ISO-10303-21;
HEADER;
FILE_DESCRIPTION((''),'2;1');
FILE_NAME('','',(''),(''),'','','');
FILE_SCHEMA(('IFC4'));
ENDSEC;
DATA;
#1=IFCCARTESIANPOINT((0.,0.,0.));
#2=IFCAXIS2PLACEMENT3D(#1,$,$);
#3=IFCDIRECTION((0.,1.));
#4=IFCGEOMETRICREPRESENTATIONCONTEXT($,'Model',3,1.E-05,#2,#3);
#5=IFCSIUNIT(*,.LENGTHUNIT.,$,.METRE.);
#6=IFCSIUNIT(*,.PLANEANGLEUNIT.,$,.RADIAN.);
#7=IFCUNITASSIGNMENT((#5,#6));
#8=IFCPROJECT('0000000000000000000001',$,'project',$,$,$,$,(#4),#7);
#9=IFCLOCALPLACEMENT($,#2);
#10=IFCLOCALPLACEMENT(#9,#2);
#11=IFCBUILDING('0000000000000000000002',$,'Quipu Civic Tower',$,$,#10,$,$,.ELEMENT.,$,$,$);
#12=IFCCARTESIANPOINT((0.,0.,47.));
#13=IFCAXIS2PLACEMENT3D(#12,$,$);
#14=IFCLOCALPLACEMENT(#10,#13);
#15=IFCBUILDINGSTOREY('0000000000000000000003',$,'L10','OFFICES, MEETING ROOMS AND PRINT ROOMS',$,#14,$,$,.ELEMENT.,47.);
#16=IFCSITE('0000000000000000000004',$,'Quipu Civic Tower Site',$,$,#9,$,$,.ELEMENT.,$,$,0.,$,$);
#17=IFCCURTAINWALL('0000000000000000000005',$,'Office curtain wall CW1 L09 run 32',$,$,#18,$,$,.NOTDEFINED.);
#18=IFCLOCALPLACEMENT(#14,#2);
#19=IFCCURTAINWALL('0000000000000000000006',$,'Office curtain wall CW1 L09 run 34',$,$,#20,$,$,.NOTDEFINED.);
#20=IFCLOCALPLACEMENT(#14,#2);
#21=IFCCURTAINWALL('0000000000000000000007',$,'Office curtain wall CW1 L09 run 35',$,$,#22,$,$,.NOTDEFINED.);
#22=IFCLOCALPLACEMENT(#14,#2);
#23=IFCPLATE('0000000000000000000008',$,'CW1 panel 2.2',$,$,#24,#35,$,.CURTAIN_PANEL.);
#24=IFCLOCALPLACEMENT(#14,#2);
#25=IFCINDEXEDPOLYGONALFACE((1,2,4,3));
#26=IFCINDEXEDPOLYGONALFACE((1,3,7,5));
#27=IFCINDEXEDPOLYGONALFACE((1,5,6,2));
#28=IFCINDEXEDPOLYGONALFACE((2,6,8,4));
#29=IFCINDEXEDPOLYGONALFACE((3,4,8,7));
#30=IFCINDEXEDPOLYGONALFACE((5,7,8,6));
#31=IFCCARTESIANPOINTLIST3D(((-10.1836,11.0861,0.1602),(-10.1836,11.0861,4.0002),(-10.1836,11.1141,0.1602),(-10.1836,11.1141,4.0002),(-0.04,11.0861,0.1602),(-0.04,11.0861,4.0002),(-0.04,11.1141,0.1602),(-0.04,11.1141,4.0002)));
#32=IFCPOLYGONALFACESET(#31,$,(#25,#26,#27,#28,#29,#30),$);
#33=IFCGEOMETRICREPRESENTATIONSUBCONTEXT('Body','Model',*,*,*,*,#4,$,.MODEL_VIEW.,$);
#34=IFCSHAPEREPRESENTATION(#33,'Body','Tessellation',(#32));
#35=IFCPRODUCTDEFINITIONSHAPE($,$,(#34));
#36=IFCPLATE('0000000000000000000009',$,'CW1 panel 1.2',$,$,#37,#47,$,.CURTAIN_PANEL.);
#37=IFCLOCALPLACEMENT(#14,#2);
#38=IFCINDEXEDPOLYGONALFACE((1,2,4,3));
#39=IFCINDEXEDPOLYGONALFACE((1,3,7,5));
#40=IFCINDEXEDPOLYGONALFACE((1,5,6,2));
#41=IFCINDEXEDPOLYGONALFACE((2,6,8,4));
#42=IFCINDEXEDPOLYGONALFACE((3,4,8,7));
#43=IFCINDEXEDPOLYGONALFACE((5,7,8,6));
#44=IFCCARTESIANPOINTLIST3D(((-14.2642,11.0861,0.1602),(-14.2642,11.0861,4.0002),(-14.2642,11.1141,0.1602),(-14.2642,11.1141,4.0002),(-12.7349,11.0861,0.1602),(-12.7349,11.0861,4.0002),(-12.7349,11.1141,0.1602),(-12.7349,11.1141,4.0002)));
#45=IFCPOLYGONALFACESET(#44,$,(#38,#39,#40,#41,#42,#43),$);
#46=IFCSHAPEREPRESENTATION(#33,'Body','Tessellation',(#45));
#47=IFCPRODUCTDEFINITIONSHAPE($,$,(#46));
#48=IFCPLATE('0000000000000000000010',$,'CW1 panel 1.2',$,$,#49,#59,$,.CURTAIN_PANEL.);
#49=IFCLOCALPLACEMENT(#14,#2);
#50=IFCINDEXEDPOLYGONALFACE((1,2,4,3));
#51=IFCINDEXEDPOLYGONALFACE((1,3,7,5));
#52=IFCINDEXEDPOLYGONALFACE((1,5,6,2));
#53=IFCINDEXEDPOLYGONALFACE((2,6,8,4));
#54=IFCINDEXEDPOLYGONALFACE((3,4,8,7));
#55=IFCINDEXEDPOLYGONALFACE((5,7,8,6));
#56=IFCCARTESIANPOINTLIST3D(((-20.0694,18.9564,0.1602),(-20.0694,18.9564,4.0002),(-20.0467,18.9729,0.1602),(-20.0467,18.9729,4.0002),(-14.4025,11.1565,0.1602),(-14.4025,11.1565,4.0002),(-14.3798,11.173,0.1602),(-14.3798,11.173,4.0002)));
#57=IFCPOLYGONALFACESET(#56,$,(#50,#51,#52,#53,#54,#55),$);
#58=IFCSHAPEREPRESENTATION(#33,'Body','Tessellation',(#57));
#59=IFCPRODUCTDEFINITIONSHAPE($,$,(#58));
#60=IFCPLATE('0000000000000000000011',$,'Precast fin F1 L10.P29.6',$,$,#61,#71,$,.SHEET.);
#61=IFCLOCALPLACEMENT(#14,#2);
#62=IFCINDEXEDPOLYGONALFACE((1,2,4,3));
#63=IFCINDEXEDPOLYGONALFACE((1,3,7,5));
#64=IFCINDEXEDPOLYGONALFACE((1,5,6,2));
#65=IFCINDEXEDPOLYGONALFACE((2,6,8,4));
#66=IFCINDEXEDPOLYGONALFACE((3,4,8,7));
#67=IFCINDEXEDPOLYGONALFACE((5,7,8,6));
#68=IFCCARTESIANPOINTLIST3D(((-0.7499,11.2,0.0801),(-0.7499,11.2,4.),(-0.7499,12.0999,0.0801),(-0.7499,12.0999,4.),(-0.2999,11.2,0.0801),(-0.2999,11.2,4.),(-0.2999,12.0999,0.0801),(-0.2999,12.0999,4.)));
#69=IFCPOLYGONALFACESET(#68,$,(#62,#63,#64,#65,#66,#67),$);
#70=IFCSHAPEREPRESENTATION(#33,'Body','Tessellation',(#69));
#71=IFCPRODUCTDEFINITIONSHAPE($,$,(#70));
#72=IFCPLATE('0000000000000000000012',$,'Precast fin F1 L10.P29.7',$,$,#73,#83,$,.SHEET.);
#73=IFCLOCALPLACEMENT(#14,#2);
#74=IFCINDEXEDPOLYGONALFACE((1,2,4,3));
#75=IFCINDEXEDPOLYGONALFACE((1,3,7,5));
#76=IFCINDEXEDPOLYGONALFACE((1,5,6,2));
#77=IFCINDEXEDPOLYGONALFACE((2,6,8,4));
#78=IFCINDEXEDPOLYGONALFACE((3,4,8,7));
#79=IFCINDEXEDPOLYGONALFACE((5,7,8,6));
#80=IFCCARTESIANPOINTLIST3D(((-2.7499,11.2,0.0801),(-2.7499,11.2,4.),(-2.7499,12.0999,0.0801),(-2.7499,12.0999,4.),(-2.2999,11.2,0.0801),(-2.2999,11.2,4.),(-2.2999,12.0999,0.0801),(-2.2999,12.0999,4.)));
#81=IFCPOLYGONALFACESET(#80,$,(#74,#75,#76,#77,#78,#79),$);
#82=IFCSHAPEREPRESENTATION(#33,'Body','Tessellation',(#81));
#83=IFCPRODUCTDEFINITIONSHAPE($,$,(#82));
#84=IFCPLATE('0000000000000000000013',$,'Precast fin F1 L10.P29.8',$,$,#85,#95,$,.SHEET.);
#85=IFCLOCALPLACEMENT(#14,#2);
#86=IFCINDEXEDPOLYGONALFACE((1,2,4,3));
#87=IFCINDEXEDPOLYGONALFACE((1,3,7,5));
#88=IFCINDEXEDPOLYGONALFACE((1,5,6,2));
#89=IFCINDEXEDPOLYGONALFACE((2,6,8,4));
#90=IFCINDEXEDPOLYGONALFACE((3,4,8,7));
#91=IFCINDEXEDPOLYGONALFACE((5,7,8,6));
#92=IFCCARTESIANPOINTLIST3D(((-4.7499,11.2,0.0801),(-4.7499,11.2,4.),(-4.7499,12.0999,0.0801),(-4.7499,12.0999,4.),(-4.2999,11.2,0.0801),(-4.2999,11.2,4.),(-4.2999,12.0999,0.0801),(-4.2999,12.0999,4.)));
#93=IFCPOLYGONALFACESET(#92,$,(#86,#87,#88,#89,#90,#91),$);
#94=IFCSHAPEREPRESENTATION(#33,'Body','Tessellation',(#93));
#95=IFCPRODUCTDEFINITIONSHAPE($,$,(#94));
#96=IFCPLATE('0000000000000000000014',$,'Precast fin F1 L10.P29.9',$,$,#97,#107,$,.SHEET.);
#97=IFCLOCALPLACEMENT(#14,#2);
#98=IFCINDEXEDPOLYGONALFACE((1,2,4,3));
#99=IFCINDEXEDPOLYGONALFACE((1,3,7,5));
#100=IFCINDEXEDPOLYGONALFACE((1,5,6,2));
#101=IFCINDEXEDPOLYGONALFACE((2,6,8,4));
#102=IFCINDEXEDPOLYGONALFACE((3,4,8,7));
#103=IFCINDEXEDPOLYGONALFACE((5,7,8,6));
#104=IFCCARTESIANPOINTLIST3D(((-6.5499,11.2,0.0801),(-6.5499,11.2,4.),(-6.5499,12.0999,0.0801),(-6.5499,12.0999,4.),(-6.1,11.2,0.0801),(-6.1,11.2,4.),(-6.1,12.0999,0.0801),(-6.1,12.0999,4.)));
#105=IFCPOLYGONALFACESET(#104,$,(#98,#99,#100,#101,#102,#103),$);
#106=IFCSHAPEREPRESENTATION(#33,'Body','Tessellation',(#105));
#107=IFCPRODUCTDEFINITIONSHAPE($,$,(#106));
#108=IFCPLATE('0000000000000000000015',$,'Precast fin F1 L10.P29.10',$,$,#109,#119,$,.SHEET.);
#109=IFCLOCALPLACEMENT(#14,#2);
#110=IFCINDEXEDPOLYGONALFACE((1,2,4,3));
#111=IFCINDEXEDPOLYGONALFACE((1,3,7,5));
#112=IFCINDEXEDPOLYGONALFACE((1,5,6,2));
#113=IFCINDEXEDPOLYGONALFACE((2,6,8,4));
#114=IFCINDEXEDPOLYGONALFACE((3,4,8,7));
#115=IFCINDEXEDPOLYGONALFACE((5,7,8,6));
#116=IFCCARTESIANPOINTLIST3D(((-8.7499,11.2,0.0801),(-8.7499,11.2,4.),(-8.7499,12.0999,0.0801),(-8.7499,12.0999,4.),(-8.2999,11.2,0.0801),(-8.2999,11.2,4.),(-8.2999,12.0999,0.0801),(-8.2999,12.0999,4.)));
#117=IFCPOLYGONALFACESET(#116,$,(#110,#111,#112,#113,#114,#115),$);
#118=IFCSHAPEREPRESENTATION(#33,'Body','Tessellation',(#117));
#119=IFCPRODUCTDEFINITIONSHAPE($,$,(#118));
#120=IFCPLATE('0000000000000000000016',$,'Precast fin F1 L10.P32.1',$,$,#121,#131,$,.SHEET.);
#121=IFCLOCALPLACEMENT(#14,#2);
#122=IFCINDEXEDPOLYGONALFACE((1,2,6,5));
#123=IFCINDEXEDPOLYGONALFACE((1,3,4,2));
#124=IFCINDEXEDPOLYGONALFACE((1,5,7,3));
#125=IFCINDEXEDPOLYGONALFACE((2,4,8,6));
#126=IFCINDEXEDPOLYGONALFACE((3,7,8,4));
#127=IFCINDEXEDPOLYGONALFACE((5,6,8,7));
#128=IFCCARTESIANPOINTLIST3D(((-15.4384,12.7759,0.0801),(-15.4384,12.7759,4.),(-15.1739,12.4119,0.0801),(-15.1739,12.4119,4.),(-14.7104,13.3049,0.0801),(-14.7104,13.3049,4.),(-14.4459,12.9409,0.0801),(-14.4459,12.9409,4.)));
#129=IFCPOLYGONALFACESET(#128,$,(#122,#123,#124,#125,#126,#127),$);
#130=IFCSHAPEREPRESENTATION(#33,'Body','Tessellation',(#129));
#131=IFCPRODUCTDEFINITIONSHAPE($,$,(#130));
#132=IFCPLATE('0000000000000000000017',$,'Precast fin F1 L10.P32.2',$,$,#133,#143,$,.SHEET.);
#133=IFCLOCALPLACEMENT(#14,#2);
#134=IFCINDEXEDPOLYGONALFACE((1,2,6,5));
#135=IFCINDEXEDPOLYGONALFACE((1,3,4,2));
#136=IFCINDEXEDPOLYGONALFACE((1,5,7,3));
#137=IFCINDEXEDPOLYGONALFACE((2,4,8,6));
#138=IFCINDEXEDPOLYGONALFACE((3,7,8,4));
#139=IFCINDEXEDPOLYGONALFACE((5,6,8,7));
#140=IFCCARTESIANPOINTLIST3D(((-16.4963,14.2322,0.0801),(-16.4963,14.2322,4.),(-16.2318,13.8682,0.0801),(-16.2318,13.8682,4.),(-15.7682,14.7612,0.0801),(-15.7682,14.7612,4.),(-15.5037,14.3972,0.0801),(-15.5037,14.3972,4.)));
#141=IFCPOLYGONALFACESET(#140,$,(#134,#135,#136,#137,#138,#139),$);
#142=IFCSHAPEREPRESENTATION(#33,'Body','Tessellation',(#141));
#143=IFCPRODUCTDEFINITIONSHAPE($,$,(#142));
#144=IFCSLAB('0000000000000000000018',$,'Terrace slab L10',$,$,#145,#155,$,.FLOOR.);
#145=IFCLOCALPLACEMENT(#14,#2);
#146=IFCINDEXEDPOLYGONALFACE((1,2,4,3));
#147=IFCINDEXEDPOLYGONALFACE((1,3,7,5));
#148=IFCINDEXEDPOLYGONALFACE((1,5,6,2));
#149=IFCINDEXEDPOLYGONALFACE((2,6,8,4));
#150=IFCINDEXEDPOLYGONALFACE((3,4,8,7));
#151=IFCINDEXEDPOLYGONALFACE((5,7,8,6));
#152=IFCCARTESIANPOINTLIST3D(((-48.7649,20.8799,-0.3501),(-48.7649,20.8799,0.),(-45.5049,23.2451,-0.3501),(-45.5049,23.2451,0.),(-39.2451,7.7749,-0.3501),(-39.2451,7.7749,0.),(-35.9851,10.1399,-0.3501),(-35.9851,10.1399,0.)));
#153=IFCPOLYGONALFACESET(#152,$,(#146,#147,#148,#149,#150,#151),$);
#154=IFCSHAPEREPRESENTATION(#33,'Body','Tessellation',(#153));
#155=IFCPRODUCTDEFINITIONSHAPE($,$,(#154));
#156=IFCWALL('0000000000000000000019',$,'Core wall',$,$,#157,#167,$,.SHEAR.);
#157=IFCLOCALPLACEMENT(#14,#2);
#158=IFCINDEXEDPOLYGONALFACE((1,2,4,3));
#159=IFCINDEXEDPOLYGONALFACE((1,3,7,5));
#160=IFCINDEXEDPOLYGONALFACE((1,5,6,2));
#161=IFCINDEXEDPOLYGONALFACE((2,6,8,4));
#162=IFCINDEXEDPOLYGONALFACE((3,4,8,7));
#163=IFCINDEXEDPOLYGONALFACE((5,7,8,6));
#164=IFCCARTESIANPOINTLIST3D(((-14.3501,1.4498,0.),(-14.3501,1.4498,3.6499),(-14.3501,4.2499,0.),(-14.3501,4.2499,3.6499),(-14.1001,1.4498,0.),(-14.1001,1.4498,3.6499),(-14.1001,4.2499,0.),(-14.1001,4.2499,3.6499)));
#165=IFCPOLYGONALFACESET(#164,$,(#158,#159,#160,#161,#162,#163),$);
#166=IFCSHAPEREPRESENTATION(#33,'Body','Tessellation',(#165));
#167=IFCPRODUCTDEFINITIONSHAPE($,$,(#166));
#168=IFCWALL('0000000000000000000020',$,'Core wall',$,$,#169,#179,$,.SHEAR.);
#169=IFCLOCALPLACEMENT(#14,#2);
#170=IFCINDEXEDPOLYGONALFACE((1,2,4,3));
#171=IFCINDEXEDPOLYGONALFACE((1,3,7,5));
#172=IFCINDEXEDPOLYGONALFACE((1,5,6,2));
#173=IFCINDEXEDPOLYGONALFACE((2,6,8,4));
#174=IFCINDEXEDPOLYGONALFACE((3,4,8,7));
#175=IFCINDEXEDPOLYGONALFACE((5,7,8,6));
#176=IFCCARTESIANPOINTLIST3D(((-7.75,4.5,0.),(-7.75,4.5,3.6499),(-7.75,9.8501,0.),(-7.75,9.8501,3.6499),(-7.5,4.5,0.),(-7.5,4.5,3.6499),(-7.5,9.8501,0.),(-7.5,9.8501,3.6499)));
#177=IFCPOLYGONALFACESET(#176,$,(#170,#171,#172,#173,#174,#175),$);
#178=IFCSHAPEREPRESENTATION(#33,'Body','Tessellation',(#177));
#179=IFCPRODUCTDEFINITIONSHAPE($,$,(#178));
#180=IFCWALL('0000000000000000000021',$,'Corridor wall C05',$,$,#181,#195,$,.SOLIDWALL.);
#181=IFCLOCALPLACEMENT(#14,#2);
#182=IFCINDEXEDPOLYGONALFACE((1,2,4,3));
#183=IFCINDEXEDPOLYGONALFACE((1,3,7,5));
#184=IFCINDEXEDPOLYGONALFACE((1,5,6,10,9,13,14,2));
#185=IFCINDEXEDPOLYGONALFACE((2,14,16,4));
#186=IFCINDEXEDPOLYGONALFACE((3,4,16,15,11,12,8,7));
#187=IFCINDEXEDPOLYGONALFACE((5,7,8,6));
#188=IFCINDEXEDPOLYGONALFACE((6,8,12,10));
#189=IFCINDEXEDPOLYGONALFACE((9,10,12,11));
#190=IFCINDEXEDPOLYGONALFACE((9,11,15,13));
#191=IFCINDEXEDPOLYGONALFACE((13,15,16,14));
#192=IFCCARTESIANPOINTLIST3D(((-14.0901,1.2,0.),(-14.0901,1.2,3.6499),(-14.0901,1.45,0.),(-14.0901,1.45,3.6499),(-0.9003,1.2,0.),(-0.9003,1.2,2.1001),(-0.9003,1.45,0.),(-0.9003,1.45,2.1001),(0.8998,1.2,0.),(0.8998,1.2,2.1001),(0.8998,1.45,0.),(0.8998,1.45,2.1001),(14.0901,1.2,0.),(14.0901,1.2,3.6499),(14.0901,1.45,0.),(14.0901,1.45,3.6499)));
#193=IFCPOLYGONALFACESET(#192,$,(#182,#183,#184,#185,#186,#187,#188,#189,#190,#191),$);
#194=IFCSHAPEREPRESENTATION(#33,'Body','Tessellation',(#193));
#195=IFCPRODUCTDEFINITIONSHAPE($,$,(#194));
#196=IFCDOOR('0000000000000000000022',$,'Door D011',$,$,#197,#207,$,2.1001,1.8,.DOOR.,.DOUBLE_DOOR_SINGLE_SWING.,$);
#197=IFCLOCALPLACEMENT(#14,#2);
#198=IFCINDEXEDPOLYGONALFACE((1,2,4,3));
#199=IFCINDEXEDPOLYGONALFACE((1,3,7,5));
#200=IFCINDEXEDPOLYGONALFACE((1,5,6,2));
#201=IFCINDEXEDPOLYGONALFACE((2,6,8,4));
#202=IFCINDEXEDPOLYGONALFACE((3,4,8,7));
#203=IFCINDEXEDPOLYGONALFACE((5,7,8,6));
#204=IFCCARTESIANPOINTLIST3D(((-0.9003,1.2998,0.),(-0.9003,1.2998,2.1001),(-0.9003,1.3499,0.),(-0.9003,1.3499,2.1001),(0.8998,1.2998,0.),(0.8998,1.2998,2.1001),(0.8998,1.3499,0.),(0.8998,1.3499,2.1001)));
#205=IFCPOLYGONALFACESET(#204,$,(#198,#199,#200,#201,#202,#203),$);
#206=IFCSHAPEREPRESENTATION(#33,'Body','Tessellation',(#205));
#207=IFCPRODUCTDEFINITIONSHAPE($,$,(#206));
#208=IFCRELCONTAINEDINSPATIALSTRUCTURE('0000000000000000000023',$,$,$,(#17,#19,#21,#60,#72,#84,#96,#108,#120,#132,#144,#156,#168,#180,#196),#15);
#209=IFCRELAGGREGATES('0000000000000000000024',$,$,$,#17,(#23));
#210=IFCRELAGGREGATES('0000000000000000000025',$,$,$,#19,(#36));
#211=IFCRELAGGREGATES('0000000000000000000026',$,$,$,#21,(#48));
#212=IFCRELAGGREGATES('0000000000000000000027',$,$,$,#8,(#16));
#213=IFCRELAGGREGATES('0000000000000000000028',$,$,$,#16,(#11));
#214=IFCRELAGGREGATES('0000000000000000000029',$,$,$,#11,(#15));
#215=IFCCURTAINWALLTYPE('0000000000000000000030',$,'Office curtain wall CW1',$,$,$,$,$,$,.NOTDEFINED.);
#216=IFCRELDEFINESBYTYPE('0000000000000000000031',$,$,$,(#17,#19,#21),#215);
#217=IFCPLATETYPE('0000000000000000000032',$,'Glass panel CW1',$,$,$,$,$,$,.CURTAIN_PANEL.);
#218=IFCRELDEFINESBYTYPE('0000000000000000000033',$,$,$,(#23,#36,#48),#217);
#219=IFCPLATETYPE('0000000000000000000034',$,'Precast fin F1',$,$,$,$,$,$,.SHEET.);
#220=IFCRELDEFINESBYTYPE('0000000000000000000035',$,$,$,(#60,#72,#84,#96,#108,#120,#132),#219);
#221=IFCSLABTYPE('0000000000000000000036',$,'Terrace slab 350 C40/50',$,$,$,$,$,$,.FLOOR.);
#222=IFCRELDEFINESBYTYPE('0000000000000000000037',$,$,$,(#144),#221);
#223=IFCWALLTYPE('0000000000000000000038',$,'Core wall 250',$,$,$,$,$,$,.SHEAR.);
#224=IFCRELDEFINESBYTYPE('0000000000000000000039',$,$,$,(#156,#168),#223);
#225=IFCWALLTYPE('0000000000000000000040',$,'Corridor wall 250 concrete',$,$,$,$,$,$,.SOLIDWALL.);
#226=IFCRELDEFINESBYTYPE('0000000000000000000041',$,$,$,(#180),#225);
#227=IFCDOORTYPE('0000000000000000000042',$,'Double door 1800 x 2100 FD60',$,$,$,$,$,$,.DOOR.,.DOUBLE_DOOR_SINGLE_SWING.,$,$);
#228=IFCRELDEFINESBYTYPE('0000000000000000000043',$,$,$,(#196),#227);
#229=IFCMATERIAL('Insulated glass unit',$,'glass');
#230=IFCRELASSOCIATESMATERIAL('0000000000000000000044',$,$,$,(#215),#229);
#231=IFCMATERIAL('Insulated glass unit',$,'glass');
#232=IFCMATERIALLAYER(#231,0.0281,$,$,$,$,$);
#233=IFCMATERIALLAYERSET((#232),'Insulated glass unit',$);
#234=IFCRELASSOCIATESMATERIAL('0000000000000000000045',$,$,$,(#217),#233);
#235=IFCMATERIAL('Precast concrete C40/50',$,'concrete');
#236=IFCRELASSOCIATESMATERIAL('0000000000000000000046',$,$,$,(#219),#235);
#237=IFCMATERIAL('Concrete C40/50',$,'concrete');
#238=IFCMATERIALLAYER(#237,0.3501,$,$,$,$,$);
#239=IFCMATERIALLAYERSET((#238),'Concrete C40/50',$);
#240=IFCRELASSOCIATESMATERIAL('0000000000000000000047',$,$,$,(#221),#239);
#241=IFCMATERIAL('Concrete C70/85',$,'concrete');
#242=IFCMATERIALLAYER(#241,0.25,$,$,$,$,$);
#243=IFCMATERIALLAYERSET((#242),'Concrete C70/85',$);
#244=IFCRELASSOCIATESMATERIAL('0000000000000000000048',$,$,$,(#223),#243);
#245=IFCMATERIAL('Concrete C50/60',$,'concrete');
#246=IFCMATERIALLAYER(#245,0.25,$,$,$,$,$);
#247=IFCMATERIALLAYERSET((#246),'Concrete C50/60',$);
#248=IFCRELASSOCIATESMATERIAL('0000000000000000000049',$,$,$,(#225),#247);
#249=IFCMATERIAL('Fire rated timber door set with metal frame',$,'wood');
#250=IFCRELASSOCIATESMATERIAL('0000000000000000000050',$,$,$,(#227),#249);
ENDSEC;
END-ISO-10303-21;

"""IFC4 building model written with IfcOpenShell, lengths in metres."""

from ifc_helpers import new_model, si_unit, direction, frame, frame_2d, origin, origin_2d, place, context, subcontext, project, spatial, polyline, rectangle, outline, extrude, material, layer, layer_set, type_object, element, fill, aggregate, save


model = new_model("IFC4")

# Units and contexts
model_context = context("Model", 3, precision=1e-05, world=origin(), true_north=direction((0.0, 1.0)))
body_context = subcontext(model_context, "Body", "Model", "MODEL_VIEW")
ifc_project = project(units=[si_unit("LENGTHUNIT", "METRE"), si_unit("PLANEANGLEUNIT", "RADIAN")], contexts=[model_context])

# Site, building, storey
site_placement = place(None, origin())
site = spatial("IfcSite", under=ifc_project, at=site_placement, Name="Quipu Civic Tower Site", CompositionType="ELEMENT", RefElevation=0.0)
building_placement = place(site_placement, origin())
building = spatial("IfcBuilding", under=site, at=building_placement, Name="Quipu Civic Tower", CompositionType="ELEMENT")
storey_placement = place(building_placement, frame((0.0, 0.0, 47.0)))
storey = spatial("IfcBuildingStorey", under=building, at=storey_placement, Name="L10", Description="OFFICES, MEETING ROOMS AND PRINT ROOMS", CompositionType="ELEMENT", Elevation=47.0)

# Curtain walls
ifc_material_1 = material(Name="Insulated glass unit", Category="glass")
curtain_wall_type = type_object("IfcCurtainWallType", Name="Office curtain wall CW1", PredefinedType="NOTDEFINED", material=ifc_material_1)
curtain_wall_1_placement = place(storey_placement, origin())
curtain_wall_1 = element("IfcCurtainWall", 1, at=curtain_wall_1_placement, inside=storey, type_object=curtain_wall_type, Name="Office curtain wall CW1 L09 run 32", PredefinedType="NOTDEFINED")
curtain_wall_2_placement = place(storey_placement, origin())
curtain_wall_2 = element("IfcCurtainWall", 2, at=curtain_wall_2_placement, inside=storey, type_object=curtain_wall_type, Name="Office curtain wall CW1 L09 run 34", PredefinedType="NOTDEFINED")

# Curtain wall
curtain_wall_3_placement = place(storey_placement, origin())
curtain_wall_3 = element("IfcCurtainWall", 3, at=curtain_wall_3_placement, inside=storey, type_object=curtain_wall_type, Name="Office curtain wall CW1 L09 run 35", PredefinedType="NOTDEFINED")

# Plates
ifc_material_2 = material(Name="Insulated glass unit", Category="glass")
ifc_layer_1 = layer(ifc_material_2, 0.0281)
ifc_layer_set_1 = layer_set([ifc_layer_1], Name="Insulated glass unit")
plate_type_1 = type_object("IfcPlateType", Name="Glass panel CW1", PredefinedType="CURTAIN_PANEL", material=ifc_layer_set_1)
plate_1_placement = place(storey_placement, frame((-5.1118, 11.1001, 0.1602), z_axis=(0.0, 0.0, 1.0), x_axis=(-1.0, 0.0, 0.0)))
plate_1 = element("IfcPlate", 4, at=plate_1_placement, type_object=plate_type_1, Name="CW1 panel 2.2", PredefinedType="CURTAIN_PANEL", context=body_context, shape_type="SweptSolid", body=[
    extrude(rectangle(XDim=10.1436, YDim=0.0281, at=origin_2d()), origin(), (0.0, 0.0, 1.0), 3.8401),
])
aggregate(curtain_wall_1, [plate_1])
plate_2_placement = place(storey_placement, frame((-13.4995, 11.1001, 0.1602), z_axis=(0.0, 0.0, 1.0), x_axis=(-1.0, 0.0, 0.0)))
plate_2 = element("IfcPlate", 5, at=plate_2_placement, type_object=plate_type_1, Name="CW1 panel 1.2", PredefinedType="CURTAIN_PANEL", context=body_context, shape_type="SweptSolid", body=[
    extrude(rectangle(XDim=1.5293, YDim=0.0281, at=origin_2d()), origin(), (0.0, 0.0, 1.0), 3.8401),
])
aggregate(curtain_wall_2, [plate_2])
plate_3_placement = place(storey_placement, frame((-17.2246, 15.0647, 0.1602), z_axis=(0.0, 0.0, 1.0), x_axis=(-0.587786, 0.809017, 0.0)))
plate_3 = element("IfcPlate", 6, at=plate_3_placement, type_object=plate_type_1, Name="CW1 panel 1.2", PredefinedType="CURTAIN_PANEL", context=body_context, shape_type="SweptSolid", body=[
    extrude(rectangle(XDim=9.6411, YDim=0.0281, at=origin_2d()), origin(), (0.0, 0.0, 1.0), 3.8401),
])
aggregate(curtain_wall_3, [plate_3])

# Plates
ifc_material_3 = material(Name="Precast concrete C40/50", Category="concrete")
plate_type_2 = type_object("IfcPlateType", Name="Precast fin F1", PredefinedType="SHEET", material=ifc_material_3)
for number, where, z_axis, x_axis, name in (
    (7, (-0.5249, 11.6499, 0.0801), (0.0, 0.0, 1.0), (-1.0, 0.0, 0.0), "Precast fin F1 L10.P29.6"),
    (8, (-2.5249, 11.6499, 0.0801), (0.0, 0.0, 1.0), (-1.0, 0.0, 0.0), "Precast fin F1 L10.P29.7"),
    (9, (-4.5249, 11.6499, 0.0801), (0.0, 0.0, 1.0), (-1.0, 0.0, 0.0), "Precast fin F1 L10.P29.8"),
    (10, (-6.325, 11.6499, 0.0801), (0.0, 0.0, 1.0), (-1.0, 0.0, 0.0), "Precast fin F1 L10.P29.9"),
    (11, (-8.5249, 11.6499, 0.0801), (0.0, 0.0, 1.0), (-1.0, 0.0, 0.0), "Precast fin F1 L10.P29.10"),
    (12, (-14.9421, 12.8584, 0.0801), (0.0, 0.0, 1.0), (-0.587785, 0.809017, 0.0), "Precast fin F1 L10.P32.1"),
    (13, (-16.0, 14.3147, 0.0801), (0.0, 0.0, 1.0), (-0.587785, 0.809017, 0.0), "Precast fin F1 L10.P32.2"),
):
    element("IfcPlate", number, at=place(storey_placement, frame(where, z_axis=z_axis, x_axis=x_axis)), inside=storey, type_object=plate_type_2, Name=name, PredefinedType="SHEET", context=body_context, shape_type="SweptSolid", body=[
        extrude(rectangle(XDim=0.45, YDim=0.8999, at=origin_2d()), origin(), (0.0, 0.0, 1.0), 3.9199),
    ])

# Slab
ifc_material_4 = material(Name="Concrete C40/50", Category="concrete")
ifc_layer_2 = layer(ifc_material_4, 0.3501)
ifc_layer_set_2 = layer_set([ifc_layer_2], Name="Concrete C40/50")
slab_type = type_object("IfcSlabType", Name="Terrace slab 350 C40/50", PredefinedType="FLOOR", material=ifc_layer_set_2)
slab_placement = place(storey_placement, frame((0.0, 0.0, -0.3501)))
element("IfcSlab", 14, at=slab_placement, inside=storey, type_object=slab_type, Name="Terrace slab L10", PredefinedType="FLOOR", context=body_context, shape_type="SweptSolid", body=[
    extrude(outline(polyline([(-45.5049, 23.2451), (-35.9851, 10.1399), (-39.2451, 7.7749), (-48.7649, 20.8799), (-45.5049, 23.2451)])), origin(), (0.0, 0.0, 1.0), 0.3501),
])

# Walls
ifc_material_5 = material(Name="Concrete C70/85", Category="concrete")
ifc_layer_3 = layer(ifc_material_5, 0.25)
ifc_layer_set_3 = layer_set([ifc_layer_3], Name="Concrete C70/85")
wall_type_1 = type_object("IfcWallType", Name="Core wall 250", PredefinedType="SHEAR", material=ifc_layer_set_3)
wall_1_placement = place(storey_placement, frame((-14.2251, 1.45, 0.0), z_axis=(0.0, 0.0, 1.0), x_axis=(0.0, 1.0, 0.0)))
element("IfcWall", 15, at=wall_1_placement, inside=storey, type_object=wall_type_1, Name="Core wall", PredefinedType="SHEAR", context=body_context, shape_type="SweptSolid", body=[
    extrude(rectangle(XDim=2.8, YDim=0.25, at=frame_2d((1.3999, 0.0))), origin(), (0.0, 0.0, 1.0), 3.6499),
])
wall_2_placement = place(storey_placement, frame((-7.625, 4.5, 0.0), z_axis=(0.0, 0.0, 1.0), x_axis=(0.0, 1.0, 0.0)))
element("IfcWall", 16, at=wall_2_placement, inside=storey, type_object=wall_type_1, Name="Core wall", PredefinedType="SHEAR", context=body_context, shape_type="SweptSolid", body=[
    extrude(rectangle(XDim=5.3501, YDim=0.25, at=frame_2d((2.675, 0.0))), origin(), (0.0, 0.0, 1.0), 3.6499),
])

# Wall, opening, door
ifc_material_6 = material(Name="Concrete C50/60", Category="concrete")
ifc_layer_4 = layer(ifc_material_6, 0.25)
ifc_layer_set_4 = layer_set([ifc_layer_4], Name="Concrete C50/60")
wall_type_2 = type_object("IfcWallType", Name="Corridor wall 250 concrete", PredefinedType="SOLIDWALL", material=ifc_layer_set_4)
wall_3_placement = place(storey_placement, frame((-14.0901, 1.325, 0.0), z_axis=(0.0, 0.0, 1.0), x_axis=(1.0, 0.0, 0.0)))
wall_3 = element("IfcWall", 17, at=wall_3_placement, inside=storey, type_object=wall_type_2, Name="Corridor wall C05", PredefinedType="SOLIDWALL", context=body_context, shape_type="SweptSolid", body=[
    extrude(rectangle(XDim=28.1802, YDim=0.25, at=frame_2d((14.0901, 0.0))), origin(), (0.0, 0.0, 1.0), 3.6499),
])
opening_1_placement = place(wall_3_placement, frame((13.1899, 0.0, 0.0)))
opening_1 = element("IfcOpeningElement", 18, at=opening_1_placement, cuts=wall_3, PredefinedType="OPENING", context=body_context, shape_type="SweptSolid", body=[
    extrude(rectangle(XDim=1.8, YDim=2.1001, at=frame_2d((0.8999, 1.05))), frame((0.0, 0.135, 0.0), z_axis=(0.0, -1.0, 0.0), x_axis=(1.0, 0.0, 0.0)), (0.0, 0.0, 1.0), 0.27),
])
ifc_material_7 = material(Name="Fire rated timber door set with metal frame", Category="wood")
door_type = type_object("IfcDoorType", Name="Double door 1800 x 2100 FD60", OperationType="DOUBLE_DOOR_SINGLE_SWING", PredefinedType="DOOR", material=ifc_material_7)
door_placement = place(opening_1_placement, origin())
door = element("IfcDoor", 19, at=door_placement, inside=storey, type_object=door_type, Name="Door D011", OperationType="DOUBLE_DOOR_SINGLE_SWING", OverallHeight=2.1001, OverallWidth=1.8, PredefinedType="DOOR", context=body_context, shape_type="SweptSolid", body=[
    extrude(rectangle(XDim=1.8, YDim=2.1001, at=frame_2d((0.8999, 1.05))), frame((0.0, 0.0249, 0.0), z_axis=(0.0, -1.0, 0.0), x_axis=(1.0, 0.0, 0.0)), (0.0, 0.0, 1.0), 0.05),
])
fill(opening_1, door)

save(model, "model.ifc")
